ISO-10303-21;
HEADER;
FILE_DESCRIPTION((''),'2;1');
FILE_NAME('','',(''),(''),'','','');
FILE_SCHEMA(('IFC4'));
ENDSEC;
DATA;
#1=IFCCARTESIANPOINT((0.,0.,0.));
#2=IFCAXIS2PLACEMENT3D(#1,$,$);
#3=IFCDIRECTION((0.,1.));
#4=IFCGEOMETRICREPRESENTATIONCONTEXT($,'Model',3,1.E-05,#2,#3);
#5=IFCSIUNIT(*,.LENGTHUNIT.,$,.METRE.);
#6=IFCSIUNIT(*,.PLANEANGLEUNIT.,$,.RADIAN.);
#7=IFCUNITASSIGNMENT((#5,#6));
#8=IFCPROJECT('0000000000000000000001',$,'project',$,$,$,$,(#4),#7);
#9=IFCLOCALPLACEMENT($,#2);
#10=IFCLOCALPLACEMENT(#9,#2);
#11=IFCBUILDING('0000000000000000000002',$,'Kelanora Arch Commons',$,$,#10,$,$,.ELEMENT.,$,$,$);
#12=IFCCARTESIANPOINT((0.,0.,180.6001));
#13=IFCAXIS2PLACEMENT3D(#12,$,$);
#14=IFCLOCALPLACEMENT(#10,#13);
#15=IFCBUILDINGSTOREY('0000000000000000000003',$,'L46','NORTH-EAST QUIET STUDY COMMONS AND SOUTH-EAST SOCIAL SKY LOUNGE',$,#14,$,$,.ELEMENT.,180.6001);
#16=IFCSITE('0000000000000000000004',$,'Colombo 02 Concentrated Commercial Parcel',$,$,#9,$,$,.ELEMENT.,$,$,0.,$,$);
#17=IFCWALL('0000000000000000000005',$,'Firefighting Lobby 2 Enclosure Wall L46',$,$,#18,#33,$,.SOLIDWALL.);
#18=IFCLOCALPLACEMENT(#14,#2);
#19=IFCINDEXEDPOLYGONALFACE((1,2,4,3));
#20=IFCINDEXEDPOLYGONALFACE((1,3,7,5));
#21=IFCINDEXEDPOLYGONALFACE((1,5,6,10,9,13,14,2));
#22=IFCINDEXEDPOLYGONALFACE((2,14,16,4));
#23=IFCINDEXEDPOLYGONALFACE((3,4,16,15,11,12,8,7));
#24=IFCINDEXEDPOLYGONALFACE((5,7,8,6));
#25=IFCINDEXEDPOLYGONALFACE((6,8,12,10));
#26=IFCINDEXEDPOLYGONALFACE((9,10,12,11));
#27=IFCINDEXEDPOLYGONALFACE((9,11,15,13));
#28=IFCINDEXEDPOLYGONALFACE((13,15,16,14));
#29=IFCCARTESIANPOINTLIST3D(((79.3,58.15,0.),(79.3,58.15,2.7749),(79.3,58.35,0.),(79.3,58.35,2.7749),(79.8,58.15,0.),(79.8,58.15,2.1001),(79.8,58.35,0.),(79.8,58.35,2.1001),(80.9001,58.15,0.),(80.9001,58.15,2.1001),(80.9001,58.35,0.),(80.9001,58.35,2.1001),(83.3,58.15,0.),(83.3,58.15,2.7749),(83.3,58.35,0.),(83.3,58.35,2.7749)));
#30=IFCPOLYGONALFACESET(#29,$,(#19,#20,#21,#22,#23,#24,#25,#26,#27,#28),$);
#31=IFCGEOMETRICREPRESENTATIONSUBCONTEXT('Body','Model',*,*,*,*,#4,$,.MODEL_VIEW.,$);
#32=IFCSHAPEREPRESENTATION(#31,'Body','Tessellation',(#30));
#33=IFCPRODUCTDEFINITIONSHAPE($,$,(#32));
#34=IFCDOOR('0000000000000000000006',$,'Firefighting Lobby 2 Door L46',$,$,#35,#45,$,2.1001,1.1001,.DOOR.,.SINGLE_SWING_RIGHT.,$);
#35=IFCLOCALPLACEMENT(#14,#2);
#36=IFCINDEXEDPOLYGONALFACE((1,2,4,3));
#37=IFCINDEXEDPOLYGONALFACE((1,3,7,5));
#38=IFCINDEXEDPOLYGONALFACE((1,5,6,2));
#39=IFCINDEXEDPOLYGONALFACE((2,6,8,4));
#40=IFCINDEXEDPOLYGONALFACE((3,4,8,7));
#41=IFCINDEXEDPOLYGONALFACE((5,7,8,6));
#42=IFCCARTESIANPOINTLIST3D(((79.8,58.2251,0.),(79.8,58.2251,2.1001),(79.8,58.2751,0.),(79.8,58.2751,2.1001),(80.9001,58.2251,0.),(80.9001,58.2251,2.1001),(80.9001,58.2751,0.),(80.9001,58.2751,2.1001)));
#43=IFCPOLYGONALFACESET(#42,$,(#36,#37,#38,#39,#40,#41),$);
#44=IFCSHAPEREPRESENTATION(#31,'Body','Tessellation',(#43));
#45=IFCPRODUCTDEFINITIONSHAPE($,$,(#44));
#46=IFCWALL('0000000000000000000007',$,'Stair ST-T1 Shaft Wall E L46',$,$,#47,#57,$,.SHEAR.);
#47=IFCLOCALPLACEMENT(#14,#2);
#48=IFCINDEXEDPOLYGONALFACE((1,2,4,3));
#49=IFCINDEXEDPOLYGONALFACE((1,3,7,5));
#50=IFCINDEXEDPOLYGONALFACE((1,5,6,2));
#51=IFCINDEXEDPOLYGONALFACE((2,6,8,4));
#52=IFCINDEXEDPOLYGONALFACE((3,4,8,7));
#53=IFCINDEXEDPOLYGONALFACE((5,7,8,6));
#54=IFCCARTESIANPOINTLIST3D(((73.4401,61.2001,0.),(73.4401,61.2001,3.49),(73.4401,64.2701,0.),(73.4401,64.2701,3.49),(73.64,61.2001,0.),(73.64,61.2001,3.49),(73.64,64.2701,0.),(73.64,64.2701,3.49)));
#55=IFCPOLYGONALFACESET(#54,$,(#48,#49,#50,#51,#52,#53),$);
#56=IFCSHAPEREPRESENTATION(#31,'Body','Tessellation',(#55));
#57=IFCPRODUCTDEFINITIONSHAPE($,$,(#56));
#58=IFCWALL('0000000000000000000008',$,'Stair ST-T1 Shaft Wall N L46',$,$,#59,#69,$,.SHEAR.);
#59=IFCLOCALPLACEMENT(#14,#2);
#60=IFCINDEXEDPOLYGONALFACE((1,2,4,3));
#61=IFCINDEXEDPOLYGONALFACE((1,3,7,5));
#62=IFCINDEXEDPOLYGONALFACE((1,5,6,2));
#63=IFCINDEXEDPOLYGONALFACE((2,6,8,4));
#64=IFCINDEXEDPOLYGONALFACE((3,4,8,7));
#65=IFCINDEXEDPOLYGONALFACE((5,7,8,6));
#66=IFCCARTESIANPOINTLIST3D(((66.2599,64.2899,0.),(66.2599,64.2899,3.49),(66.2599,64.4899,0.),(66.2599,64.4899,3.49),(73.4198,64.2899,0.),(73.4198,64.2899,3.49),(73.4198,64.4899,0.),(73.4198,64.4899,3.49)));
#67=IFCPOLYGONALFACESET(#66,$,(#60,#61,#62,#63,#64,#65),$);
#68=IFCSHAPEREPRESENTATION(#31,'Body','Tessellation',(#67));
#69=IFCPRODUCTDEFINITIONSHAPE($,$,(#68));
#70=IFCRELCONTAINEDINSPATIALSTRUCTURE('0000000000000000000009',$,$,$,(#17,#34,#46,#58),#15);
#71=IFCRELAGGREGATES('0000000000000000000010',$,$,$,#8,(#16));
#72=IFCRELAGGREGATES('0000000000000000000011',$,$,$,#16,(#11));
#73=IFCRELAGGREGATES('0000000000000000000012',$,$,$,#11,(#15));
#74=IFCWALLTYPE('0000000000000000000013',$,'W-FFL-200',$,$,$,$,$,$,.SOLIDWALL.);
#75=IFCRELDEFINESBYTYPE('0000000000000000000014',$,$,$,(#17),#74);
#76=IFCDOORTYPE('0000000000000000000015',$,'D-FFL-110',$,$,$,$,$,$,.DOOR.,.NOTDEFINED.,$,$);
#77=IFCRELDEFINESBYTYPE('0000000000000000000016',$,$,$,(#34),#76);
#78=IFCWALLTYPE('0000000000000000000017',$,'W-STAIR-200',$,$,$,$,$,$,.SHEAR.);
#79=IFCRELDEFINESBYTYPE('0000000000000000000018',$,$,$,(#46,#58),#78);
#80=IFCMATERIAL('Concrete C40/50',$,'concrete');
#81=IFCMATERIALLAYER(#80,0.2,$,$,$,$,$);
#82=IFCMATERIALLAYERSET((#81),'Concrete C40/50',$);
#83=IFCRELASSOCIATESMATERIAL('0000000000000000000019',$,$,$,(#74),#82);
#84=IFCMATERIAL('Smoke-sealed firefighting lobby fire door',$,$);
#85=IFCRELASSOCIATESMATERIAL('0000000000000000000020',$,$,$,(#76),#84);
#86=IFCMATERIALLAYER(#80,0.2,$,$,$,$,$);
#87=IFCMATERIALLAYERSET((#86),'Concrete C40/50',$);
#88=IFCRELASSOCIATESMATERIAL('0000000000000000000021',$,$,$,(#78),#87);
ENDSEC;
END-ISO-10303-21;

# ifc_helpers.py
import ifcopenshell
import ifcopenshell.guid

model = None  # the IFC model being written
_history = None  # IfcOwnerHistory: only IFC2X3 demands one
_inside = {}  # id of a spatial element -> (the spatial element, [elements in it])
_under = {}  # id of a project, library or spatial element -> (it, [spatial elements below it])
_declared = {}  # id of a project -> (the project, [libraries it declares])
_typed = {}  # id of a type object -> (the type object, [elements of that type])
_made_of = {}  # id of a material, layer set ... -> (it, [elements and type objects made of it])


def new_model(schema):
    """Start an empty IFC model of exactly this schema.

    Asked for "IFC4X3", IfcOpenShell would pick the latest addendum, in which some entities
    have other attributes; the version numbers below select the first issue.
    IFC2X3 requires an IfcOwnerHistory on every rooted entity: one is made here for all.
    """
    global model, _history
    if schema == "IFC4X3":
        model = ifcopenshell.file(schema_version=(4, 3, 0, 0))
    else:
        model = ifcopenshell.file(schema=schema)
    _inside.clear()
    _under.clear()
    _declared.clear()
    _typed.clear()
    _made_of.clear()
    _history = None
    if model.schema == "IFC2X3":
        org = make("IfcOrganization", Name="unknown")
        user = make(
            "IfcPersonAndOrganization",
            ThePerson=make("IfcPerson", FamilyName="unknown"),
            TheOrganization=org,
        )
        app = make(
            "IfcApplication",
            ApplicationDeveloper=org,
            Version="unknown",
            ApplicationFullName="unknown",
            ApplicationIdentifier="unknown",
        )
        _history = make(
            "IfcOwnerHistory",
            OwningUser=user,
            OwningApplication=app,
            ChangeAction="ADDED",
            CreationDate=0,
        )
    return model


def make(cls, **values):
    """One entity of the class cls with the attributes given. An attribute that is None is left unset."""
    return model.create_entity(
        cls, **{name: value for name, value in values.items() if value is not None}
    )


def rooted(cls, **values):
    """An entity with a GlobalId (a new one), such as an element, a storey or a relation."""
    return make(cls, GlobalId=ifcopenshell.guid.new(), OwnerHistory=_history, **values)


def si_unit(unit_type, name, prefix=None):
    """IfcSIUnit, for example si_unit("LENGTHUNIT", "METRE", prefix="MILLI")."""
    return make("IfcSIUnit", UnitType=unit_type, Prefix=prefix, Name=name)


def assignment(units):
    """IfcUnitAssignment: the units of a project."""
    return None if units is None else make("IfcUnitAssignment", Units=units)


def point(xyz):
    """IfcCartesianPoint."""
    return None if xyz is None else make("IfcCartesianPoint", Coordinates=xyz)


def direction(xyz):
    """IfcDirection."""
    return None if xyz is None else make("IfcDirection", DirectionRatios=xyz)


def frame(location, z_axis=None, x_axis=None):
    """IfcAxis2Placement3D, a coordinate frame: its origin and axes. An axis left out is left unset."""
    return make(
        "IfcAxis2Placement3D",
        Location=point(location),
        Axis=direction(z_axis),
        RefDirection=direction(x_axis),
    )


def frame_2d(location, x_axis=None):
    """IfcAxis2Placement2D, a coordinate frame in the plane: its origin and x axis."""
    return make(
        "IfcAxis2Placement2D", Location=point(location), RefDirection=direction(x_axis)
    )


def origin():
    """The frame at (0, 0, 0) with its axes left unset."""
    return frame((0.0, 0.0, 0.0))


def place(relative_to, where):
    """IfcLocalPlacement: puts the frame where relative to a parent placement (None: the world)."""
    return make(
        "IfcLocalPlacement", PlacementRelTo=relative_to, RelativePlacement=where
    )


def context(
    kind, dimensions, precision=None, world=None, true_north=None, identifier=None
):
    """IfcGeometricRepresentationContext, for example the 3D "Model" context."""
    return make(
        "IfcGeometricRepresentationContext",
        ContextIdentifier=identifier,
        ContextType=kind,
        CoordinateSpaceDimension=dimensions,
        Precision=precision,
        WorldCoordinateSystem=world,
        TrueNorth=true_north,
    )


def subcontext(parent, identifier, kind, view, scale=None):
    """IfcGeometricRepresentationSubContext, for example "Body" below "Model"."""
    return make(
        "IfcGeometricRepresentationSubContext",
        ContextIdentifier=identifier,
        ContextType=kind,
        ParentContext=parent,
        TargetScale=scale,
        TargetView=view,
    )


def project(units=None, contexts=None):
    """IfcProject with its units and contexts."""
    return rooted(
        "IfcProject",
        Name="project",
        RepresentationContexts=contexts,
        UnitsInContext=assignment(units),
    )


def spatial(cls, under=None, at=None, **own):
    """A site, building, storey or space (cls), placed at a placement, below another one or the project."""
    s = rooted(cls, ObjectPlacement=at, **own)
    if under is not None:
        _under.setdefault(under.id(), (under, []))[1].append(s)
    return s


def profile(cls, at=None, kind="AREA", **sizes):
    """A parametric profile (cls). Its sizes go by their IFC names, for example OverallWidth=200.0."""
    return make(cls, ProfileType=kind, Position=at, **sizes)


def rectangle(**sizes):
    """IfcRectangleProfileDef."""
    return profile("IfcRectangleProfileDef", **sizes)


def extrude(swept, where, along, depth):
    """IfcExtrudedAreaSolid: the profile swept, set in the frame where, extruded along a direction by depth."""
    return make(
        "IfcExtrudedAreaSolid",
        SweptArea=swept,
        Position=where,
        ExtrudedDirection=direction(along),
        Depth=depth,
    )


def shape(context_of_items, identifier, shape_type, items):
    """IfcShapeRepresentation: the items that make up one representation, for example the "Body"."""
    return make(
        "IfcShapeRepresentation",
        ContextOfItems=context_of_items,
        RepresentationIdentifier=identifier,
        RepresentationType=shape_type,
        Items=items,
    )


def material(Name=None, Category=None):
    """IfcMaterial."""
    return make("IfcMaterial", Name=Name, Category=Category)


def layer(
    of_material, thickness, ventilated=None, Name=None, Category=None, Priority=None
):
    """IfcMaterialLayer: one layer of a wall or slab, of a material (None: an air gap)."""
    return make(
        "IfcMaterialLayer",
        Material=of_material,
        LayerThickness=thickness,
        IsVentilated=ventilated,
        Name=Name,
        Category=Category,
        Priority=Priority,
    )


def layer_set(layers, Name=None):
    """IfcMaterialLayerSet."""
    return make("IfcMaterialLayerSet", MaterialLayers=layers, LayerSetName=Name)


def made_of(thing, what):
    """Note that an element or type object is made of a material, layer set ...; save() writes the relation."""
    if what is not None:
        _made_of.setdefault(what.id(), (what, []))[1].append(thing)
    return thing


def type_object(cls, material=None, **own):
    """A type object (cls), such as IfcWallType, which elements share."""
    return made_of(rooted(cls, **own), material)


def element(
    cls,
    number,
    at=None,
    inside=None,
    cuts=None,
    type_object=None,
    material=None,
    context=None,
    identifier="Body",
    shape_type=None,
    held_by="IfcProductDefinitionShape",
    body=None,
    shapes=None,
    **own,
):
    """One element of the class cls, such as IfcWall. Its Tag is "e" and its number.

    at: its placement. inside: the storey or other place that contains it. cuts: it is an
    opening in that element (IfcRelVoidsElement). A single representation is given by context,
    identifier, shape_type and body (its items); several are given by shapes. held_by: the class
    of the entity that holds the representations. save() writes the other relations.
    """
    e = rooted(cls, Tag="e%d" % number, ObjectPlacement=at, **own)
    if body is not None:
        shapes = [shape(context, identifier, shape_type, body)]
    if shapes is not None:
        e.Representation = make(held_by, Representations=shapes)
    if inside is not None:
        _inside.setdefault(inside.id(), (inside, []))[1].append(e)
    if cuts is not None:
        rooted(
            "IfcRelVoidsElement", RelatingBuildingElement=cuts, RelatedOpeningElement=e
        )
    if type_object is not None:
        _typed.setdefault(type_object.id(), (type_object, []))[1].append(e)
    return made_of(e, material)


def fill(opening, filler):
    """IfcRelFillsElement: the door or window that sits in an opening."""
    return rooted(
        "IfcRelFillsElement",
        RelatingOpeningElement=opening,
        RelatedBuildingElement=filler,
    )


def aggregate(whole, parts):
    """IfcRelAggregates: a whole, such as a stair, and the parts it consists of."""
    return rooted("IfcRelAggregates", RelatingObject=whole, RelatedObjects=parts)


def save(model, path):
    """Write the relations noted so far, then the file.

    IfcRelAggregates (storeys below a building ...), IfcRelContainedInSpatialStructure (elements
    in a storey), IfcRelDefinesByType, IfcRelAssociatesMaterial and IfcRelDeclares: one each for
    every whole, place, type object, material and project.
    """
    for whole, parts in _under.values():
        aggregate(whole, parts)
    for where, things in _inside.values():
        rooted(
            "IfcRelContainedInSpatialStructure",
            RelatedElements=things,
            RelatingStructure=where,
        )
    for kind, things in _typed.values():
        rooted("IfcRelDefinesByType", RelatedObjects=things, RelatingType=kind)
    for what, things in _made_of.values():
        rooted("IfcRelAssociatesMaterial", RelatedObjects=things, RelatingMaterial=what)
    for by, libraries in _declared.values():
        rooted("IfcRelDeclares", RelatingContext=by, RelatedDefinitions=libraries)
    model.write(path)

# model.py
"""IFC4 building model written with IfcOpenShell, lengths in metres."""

from ifc_helpers import new_model, si_unit, direction, frame, frame_2d, origin, place, context, subcontext, project, spatial, rectangle, extrude, material, layer, layer_set, type_object, element, fill, save


model = new_model("IFC4")

# Units and contexts
model_context = context("Model", 3, precision=1e-05, world=origin(), true_north=direction((0.0, 1.0)))
body_context = subcontext(model_context, "Body", "Model", "MODEL_VIEW")
ifc_project = project(units=[si_unit("LENGTHUNIT", "METRE"), si_unit("PLANEANGLEUNIT", "RADIAN")], contexts=[model_context])

# Site, building, storey
site_placement = place(None, origin())
site = spatial("IfcSite", under=ifc_project, at=site_placement, Name="Colombo 02 Concentrated Commercial Parcel", CompositionType="ELEMENT", RefElevation=0.0)
building_placement = place(site_placement, origin())
building = spatial("IfcBuilding", under=site, at=building_placement, Name="Kelanora Arch Commons", CompositionType="ELEMENT")
storey_placement = place(building_placement, frame((0.0, 0.0, 180.6001)))
storey = spatial("IfcBuildingStorey", under=building, at=storey_placement, Name="L46", Description="NORTH-EAST QUIET STUDY COMMONS AND SOUTH-EAST SOCIAL SKY LOUNGE", CompositionType="ELEMENT", Elevation=180.6001)

# Wall, opening, door
ifc_material_1 = material(Name="Concrete C40/50", Category="concrete")
ifc_layer_1 = layer(ifc_material_1, 0.2)
ifc_layer_set_1 = layer_set([ifc_layer_1], Name="Concrete C40/50")
wall_type_1 = type_object("IfcWallType", Name="W-FFL-200", PredefinedType="SOLIDWALL", material=ifc_layer_set_1)
ifc_material_2 = material(Name="Smoke-sealed firefighting lobby fire door")
door_type_1 = type_object("IfcDoorType", Name="D-FFL-110", OperationType="NOTDEFINED", PredefinedType="DOOR", material=ifc_material_2)
wall_1_placement = place(storey_placement, frame((79.3, 58.25, 0.0), z_axis=(0.0, 0.0, 1.0), x_axis=(1.0, 0.0, 0.0)))
wall_1 = element("IfcWall", 1, at=wall_1_placement, inside=storey, type_object=wall_type_1, Name="Firefighting Lobby 2 Enclosure Wall L46", PredefinedType="SOLIDWALL", context=body_context, shape_type="SweptSolid", body=[
    extrude(rectangle(XDim=4.0, YDim=0.2, at=frame_2d((2.0, 0.0))), origin(), (0.0, 0.0, 1.0), 2.7749),
])
opening_1_placement = place(wall_1_placement, frame((0.5, 0.0, 0.0)))
opening_1 = element("IfcOpeningElement", 2, at=opening_1_placement, cuts=wall_1, PredefinedType="OPENING", context=body_context, shape_type="SweptSolid", body=[
    extrude(rectangle(XDim=1.1001, YDim=2.1001, at=frame_2d((0.55, 1.05))), frame((0.0, 0.1099, 0.0), z_axis=(0.0, -1.0, 0.0), x_axis=(1.0, 0.0, 0.0)), (0.0, 0.0, 1.0), 0.22),
])
door_1_placement = place(opening_1_placement, frame((1.1001, 0.0, 0.0), z_axis=(0.0, 0.0, 1.0), x_axis=(-1.0, 0.0, 0.0)))
door_1 = element("IfcDoor", 3, at=door_1_placement, inside=storey, type_object=door_type_1, Name="Firefighting Lobby 2 Door L46", OperationType="SINGLE_SWING_RIGHT", OverallHeight=2.1001, OverallWidth=1.1001, PredefinedType="DOOR", context=body_context, shape_type="SweptSolid", body=[
    extrude(rectangle(XDim=1.1001, YDim=2.1001, at=frame_2d((0.55, 1.05))), frame((0.0, 0.0249, 0.0), z_axis=(0.0, -1.0, 0.0), x_axis=(1.0, 0.0, 0.0)), (0.0, 0.0, 1.0), 0.05),
])
fill(opening_1, door_1)

# Walls
ifc_layer_2 = layer(ifc_material_1, 0.2)
ifc_layer_set_2 = layer_set([ifc_layer_2], Name="Concrete C40/50")
wall_type_2 = type_object("IfcWallType", Name="W-STAIR-200", PredefinedType="SHEAR", material=ifc_layer_set_2)
wall_2_placement = place(storey_placement, frame((73.54, 61.2, 0.0), z_axis=(0.0, 0.0, 1.0), x_axis=(0.0, 1.0, 0.0)))
element("IfcWall", 4, at=wall_2_placement, inside=storey, type_object=wall_type_2, Name="Stair ST-T1 Shaft Wall E L46", PredefinedType="SHEAR", context=body_context, shape_type="SweptSolid", body=[
    extrude(rectangle(XDim=3.0701, YDim=0.2, at=frame_2d((1.5352, 0.0))), origin(), (0.0, 0.0, 1.0), 3.49),
])
wall_3_placement = place(storey_placement, frame((73.4199, 64.3899, 0.0), z_axis=(0.0, 0.0, 1.0), x_axis=(-1.0, 0.0, 0.0)))
element("IfcWall", 5, at=wall_3_placement, inside=storey, type_object=wall_type_2, Name="Stair ST-T1 Shaft Wall N L46", PredefinedType="SHEAR", context=body_context, shape_type="SweptSolid", body=[
    extrude(rectangle(XDim=7.1599, YDim=0.2, at=frame_2d((3.5801, 0.0))), origin(), (0.0, 0.0, 1.0), 3.49),
])

save(model, "model.ifc")
